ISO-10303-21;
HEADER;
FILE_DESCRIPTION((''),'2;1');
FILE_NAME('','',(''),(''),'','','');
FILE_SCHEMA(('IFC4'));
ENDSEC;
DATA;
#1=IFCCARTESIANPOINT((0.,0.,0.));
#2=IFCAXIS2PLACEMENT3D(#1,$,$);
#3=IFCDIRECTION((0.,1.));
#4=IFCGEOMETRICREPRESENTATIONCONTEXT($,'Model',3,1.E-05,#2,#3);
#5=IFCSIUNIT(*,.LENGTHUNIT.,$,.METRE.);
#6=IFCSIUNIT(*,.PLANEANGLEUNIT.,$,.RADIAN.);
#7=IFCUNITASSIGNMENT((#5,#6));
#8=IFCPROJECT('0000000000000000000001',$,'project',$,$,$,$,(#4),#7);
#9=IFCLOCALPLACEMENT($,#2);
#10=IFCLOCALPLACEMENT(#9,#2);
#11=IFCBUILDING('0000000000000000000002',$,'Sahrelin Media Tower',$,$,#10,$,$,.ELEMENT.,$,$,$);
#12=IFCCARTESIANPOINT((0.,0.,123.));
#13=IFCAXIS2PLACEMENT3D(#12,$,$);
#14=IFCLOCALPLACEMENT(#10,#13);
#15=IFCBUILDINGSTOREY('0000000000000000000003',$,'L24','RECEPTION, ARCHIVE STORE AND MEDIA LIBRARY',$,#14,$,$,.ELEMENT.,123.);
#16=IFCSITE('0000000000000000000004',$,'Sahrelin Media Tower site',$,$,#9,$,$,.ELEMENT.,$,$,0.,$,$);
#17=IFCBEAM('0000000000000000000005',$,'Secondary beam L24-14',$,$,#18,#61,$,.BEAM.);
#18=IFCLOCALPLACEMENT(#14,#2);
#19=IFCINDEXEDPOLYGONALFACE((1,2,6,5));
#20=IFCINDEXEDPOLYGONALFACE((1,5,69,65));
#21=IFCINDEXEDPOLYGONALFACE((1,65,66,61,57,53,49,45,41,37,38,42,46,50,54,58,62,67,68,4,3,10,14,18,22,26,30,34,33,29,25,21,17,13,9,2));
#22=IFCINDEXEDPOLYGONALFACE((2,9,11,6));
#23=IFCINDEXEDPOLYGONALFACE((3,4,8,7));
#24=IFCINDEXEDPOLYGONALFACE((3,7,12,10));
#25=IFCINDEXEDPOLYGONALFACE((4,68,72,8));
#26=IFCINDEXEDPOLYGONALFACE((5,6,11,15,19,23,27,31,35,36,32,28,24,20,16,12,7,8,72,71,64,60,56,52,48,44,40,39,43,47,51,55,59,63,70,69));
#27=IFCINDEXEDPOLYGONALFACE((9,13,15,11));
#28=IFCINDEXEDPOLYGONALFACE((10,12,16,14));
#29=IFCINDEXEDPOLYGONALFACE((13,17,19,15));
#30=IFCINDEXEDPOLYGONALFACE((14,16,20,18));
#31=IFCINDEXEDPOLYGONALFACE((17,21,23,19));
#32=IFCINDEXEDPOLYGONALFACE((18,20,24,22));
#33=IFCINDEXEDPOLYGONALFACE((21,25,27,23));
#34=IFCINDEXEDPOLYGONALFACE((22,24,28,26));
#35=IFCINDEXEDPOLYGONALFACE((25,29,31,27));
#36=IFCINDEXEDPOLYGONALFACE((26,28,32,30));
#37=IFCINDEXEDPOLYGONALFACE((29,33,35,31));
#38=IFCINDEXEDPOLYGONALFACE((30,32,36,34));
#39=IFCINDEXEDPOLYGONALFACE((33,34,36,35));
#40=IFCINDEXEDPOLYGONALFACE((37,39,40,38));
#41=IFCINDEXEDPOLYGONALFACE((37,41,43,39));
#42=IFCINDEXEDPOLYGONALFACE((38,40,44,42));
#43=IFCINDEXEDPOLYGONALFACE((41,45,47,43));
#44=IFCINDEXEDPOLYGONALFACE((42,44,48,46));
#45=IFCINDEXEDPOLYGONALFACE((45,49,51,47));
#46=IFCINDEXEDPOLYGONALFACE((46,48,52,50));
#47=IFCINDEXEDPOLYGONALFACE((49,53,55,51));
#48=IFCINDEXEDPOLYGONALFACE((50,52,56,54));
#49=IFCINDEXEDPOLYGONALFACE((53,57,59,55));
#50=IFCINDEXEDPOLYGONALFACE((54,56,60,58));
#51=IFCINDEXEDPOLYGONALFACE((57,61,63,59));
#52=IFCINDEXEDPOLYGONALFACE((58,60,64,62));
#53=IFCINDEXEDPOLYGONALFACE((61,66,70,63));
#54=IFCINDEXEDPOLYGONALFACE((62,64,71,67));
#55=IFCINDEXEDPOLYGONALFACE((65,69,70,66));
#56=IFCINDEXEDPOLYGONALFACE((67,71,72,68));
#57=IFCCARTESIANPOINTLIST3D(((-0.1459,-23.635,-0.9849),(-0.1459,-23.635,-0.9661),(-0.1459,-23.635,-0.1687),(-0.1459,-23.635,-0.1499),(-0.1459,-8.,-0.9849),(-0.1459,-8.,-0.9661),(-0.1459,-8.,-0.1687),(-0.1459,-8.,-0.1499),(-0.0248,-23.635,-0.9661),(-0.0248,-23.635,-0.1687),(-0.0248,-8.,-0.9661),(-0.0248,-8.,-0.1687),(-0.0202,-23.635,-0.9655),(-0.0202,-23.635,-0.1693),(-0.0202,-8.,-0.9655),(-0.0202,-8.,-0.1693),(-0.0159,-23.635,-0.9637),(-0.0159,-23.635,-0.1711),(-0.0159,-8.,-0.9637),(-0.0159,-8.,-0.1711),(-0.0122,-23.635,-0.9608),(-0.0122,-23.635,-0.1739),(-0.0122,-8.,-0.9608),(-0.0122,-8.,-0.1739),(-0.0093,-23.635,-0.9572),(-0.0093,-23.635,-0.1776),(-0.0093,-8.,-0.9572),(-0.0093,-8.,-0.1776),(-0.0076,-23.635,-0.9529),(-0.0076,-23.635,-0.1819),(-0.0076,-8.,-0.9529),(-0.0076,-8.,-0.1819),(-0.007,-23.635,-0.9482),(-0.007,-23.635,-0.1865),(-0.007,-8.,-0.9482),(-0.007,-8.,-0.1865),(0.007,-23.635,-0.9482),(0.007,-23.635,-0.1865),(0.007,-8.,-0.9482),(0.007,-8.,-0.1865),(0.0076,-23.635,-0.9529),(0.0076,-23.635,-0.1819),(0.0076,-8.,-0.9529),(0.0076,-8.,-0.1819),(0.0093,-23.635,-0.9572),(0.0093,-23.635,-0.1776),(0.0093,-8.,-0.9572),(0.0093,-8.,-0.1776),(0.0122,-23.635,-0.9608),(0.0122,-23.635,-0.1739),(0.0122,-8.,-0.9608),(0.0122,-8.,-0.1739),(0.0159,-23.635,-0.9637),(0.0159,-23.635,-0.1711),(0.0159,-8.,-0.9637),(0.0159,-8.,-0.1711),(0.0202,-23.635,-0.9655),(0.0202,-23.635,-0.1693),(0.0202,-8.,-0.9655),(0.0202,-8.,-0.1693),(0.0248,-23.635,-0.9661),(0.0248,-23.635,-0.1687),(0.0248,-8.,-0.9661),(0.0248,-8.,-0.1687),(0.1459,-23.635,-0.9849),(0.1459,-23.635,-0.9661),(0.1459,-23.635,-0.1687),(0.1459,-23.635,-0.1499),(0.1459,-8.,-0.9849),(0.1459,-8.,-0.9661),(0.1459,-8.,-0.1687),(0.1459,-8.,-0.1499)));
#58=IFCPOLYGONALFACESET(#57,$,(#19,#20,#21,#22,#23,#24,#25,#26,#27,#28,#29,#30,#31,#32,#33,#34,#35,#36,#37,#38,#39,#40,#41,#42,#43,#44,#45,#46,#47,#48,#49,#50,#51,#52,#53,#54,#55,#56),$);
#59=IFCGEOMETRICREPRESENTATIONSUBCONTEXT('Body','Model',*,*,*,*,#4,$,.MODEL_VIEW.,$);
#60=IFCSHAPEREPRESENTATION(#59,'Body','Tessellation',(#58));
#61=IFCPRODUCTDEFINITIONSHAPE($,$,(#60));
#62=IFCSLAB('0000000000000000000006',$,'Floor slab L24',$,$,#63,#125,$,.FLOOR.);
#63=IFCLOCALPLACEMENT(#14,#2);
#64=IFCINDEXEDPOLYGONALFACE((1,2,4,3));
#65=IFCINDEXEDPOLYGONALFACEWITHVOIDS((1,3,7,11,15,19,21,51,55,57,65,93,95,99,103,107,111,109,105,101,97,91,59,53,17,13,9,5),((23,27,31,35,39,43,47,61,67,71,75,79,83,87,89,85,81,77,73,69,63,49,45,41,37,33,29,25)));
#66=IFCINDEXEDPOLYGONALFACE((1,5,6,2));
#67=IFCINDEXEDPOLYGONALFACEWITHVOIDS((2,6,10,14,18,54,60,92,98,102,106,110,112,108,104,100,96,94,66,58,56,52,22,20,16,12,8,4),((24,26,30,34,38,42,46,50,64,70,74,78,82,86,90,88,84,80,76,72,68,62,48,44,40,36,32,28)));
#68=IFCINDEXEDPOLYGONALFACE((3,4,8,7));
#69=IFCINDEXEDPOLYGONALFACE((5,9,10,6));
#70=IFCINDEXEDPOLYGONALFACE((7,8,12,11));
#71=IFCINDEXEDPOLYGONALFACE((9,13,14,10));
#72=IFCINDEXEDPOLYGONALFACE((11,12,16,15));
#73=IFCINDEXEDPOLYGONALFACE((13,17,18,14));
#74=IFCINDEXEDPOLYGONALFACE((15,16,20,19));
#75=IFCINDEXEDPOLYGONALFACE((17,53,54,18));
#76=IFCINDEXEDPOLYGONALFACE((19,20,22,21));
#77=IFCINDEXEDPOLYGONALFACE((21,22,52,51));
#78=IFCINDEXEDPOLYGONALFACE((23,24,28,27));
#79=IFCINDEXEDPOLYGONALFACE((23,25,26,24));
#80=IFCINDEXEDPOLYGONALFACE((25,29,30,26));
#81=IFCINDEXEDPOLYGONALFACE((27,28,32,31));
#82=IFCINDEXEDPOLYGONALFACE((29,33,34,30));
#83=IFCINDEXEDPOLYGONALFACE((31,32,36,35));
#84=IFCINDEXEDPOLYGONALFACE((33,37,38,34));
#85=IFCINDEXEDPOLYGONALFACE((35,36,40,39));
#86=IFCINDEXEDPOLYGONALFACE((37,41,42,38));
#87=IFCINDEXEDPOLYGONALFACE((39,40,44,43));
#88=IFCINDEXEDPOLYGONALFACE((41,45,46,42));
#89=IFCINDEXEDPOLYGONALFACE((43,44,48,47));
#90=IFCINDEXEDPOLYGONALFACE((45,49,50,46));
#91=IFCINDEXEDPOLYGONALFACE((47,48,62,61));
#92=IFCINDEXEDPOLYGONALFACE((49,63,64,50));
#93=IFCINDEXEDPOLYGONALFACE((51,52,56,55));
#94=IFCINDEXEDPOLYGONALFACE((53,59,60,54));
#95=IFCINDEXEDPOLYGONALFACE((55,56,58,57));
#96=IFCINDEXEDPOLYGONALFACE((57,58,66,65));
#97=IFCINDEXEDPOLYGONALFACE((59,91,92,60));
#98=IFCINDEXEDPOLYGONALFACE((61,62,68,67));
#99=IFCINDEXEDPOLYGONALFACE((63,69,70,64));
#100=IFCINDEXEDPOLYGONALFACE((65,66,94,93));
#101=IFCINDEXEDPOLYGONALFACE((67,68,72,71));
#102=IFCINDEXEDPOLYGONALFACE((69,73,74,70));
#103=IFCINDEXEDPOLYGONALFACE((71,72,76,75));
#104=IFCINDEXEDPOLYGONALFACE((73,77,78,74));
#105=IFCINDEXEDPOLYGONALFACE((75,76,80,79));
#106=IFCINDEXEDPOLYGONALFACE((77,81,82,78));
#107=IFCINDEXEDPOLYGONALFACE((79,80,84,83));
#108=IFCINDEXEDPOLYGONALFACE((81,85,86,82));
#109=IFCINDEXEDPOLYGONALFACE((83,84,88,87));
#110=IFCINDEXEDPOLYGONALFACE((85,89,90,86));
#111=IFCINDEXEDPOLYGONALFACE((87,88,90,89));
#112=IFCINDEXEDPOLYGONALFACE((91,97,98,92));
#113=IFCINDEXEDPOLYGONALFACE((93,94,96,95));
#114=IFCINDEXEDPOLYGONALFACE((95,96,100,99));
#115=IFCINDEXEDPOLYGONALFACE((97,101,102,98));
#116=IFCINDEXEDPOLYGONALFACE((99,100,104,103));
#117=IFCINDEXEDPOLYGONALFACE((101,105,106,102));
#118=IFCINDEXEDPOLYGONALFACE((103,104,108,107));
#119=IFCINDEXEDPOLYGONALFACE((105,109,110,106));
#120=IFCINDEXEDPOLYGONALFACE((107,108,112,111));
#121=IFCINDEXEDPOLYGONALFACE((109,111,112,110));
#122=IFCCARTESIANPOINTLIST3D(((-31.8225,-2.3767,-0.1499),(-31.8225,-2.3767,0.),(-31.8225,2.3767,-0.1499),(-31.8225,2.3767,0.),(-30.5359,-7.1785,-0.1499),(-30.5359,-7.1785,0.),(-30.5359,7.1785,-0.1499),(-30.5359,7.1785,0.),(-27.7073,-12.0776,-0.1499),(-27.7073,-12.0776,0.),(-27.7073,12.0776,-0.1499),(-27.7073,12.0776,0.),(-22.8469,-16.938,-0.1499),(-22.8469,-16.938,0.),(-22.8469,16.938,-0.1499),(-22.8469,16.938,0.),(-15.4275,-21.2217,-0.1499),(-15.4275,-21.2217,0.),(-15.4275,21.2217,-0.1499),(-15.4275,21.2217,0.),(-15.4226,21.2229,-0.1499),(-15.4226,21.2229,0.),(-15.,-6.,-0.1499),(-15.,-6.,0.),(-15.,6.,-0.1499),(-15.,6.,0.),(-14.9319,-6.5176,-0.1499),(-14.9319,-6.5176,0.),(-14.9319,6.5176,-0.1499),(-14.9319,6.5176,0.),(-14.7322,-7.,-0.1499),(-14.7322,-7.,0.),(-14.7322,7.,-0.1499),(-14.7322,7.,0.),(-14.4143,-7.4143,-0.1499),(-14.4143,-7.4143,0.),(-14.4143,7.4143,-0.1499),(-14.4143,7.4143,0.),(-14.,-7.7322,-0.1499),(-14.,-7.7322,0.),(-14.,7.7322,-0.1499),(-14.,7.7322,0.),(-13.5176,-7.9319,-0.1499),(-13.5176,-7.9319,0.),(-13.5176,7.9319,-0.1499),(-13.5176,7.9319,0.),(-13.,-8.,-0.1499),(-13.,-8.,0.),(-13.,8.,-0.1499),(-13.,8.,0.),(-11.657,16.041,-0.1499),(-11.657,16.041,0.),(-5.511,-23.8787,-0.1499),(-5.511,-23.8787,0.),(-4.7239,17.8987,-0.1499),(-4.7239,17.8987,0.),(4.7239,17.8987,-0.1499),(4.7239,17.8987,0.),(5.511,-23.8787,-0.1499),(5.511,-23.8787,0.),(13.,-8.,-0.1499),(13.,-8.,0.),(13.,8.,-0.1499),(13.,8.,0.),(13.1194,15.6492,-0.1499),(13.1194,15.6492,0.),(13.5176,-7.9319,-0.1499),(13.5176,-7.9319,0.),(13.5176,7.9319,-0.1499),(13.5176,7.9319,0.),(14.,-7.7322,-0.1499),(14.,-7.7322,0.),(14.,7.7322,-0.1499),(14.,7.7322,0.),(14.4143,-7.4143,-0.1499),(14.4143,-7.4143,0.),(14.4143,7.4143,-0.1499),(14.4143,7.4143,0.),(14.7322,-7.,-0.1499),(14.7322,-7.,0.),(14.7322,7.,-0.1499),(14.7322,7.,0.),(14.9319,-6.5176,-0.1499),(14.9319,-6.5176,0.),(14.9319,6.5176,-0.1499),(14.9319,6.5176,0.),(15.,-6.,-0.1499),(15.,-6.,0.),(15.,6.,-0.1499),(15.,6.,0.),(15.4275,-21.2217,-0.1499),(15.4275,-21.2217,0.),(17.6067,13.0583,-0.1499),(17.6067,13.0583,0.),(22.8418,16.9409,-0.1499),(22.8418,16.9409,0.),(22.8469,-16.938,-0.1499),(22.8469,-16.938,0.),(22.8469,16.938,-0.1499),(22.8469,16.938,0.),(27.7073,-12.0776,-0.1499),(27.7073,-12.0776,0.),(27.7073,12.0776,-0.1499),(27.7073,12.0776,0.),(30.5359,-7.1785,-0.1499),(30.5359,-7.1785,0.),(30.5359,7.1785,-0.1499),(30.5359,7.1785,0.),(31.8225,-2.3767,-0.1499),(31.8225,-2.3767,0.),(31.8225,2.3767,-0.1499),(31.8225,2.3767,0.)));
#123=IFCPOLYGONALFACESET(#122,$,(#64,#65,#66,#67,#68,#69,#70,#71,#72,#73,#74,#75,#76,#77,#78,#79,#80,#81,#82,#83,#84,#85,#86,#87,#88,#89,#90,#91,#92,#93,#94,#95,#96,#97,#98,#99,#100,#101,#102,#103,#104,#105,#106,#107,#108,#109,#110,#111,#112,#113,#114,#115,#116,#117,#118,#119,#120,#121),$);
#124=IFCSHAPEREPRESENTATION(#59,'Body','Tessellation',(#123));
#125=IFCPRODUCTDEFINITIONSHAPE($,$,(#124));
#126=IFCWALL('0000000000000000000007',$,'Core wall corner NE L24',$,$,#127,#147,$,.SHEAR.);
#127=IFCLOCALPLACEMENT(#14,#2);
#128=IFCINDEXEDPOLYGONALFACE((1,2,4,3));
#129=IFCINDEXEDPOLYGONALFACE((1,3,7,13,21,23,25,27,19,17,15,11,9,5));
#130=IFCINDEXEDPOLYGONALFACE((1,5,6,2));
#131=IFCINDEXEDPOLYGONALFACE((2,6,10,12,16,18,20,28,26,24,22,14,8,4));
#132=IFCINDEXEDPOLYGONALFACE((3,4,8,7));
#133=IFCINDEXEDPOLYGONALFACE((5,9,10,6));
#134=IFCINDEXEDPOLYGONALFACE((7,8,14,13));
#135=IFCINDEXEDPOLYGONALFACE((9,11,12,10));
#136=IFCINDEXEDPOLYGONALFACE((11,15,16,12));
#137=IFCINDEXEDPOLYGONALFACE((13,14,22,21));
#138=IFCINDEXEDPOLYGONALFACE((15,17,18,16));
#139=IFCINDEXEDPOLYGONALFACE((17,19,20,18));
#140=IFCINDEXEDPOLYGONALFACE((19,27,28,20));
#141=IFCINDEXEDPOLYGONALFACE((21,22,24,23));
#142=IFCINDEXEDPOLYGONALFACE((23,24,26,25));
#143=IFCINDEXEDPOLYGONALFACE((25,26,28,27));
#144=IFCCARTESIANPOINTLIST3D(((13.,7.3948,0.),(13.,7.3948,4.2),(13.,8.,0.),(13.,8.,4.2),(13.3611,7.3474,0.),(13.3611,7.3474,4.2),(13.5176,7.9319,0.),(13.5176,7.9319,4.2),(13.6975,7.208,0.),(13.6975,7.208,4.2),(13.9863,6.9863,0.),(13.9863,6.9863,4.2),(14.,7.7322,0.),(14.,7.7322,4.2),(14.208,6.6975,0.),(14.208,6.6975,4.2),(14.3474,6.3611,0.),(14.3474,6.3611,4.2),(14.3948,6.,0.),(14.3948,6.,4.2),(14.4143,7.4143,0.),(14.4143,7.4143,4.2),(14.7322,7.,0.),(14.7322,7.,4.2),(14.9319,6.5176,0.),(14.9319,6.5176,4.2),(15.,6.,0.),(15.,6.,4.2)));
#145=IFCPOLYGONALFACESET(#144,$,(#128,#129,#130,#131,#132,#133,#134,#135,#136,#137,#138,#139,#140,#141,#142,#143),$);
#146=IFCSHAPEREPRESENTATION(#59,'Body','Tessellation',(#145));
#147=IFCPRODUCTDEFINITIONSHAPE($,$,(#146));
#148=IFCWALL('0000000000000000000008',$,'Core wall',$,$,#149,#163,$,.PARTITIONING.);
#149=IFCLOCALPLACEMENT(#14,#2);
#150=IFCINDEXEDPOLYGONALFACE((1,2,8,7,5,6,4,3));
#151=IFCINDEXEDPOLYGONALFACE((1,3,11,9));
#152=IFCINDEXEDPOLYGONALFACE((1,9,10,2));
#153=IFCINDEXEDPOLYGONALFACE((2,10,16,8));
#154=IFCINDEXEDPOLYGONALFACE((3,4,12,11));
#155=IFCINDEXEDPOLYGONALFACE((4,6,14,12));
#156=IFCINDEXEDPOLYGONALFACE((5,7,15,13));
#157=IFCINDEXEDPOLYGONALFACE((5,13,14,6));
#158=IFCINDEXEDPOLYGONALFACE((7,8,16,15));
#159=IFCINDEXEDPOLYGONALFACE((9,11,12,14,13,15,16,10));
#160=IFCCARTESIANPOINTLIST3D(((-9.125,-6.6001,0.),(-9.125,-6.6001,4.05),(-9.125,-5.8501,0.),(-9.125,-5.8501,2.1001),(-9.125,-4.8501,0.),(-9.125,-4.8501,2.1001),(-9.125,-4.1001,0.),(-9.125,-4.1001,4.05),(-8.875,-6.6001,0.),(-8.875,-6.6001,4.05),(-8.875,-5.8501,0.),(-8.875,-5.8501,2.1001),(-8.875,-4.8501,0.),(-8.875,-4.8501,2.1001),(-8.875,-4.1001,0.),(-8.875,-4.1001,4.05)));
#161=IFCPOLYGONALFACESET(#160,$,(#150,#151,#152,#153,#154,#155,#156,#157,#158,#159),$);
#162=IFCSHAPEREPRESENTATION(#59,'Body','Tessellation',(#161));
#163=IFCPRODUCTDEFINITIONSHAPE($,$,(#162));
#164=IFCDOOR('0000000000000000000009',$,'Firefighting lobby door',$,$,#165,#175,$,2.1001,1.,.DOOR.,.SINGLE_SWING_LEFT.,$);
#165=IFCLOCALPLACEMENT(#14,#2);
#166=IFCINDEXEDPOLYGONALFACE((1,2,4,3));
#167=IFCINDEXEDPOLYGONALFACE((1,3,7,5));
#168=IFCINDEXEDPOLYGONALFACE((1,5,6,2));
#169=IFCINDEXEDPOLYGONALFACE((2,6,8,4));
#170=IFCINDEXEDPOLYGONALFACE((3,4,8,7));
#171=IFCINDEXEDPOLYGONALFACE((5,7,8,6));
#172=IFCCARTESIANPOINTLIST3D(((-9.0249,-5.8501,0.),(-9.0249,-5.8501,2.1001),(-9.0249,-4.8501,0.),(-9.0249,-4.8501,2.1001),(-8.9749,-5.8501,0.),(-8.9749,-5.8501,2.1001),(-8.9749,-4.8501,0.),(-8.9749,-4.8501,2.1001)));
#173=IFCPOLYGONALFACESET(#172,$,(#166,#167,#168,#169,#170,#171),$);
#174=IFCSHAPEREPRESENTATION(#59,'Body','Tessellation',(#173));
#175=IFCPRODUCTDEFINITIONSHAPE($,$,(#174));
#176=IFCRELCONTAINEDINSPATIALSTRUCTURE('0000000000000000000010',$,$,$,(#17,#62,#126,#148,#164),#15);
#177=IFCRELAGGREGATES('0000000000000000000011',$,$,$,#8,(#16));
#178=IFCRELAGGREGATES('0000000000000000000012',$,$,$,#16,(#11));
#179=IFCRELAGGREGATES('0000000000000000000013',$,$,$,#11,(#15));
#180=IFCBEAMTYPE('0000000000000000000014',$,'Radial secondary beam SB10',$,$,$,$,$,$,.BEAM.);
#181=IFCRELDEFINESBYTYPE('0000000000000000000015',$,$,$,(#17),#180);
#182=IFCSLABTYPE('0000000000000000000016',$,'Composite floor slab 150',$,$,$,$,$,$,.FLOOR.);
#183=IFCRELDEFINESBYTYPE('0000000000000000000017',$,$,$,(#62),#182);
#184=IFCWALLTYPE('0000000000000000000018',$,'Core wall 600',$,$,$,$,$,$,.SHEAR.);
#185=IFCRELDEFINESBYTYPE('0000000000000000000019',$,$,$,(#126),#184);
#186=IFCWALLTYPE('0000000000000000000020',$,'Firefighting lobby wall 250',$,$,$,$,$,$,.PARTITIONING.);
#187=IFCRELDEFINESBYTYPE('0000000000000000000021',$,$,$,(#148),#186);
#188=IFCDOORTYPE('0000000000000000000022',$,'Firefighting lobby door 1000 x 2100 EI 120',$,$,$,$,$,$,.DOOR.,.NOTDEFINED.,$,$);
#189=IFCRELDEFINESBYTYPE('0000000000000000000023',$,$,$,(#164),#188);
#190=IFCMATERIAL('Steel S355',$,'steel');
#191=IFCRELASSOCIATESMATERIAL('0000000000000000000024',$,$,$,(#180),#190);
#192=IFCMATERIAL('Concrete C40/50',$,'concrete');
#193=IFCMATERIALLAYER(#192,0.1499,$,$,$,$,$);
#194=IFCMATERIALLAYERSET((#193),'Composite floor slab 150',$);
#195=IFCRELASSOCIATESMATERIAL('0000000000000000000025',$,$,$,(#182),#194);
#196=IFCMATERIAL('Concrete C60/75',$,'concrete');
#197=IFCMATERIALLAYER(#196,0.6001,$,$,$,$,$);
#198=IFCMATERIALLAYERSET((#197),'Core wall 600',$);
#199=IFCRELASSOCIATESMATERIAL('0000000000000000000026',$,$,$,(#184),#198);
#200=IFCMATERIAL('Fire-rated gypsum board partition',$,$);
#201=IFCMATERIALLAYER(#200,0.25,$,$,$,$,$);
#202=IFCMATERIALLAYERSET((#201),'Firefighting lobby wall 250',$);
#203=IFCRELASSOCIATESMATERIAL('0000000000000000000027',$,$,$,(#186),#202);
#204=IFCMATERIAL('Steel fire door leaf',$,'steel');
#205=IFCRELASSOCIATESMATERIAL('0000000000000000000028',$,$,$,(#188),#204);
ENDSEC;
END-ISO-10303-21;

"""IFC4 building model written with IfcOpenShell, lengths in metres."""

from ifc_helpers import new_model, si_unit, direction, frame, frame_2d, origin, origin_2d, place, context, subcontext, project, spatial, polyline, rectangle, i_section, outline, extrude, material, layer, layer_set, material_profile, profile_set, type_object, element, fill, save


model = new_model("IFC4")

# Units and contexts
model_context = context("Model", 3, precision=1e-05, world=origin(), true_north=direction((0.0, 1.0)))
body_context = subcontext(model_context, "Body", "Model", "MODEL_VIEW")
ifc_project = project(units=[si_unit("LENGTHUNIT", "METRE"), si_unit("PLANEANGLEUNIT", "RADIAN")], contexts=[model_context])

# Site, building, storey
site_placement = place(None, origin())
site = spatial("IfcSite", under=ifc_project, at=site_placement, Name="Sahrelin Media Tower site", CompositionType="ELEMENT", RefElevation=0.0)
building_placement = place(site_placement, origin())
building = spatial("IfcBuilding", under=site, at=building_placement, Name="Sahrelin Media Tower", CompositionType="ELEMENT")
storey_placement = place(building_placement, frame((0.0, 0.0, 123.0)))
storey = spatial("IfcBuildingStorey", under=building, at=storey_placement, Name="L24", Description="RECEPTION, ARCHIVE STORE AND MEDIA LIBRARY", CompositionType="ELEMENT", Elevation=123.0)

# Beam
ifc_material_1 = material(Name="Steel S355", Category="steel")
ifc_material_profile = material_profile(ifc_material_1, i_section(OverallWidth=0.2917, OverallDepth=0.835, WebThickness=0.0139, FlangeThickness=0.0188, FilletRadius=0.0178, at=origin_2d()), Name="UB 838x292x176")
ifc_profile_set = profile_set([ifc_material_profile], Name="Steel S355")
beam_type = type_object("IfcBeamType", Name="Radial secondary beam SB10", PredefinedType="BEAM", material=ifc_profile_set)
beam_placement = place(storey_placement, frame((0.0, -8.0, -0.5674), z_axis=(0.0, -1.0, 0.0), x_axis=(1.0, 0.0, 0.0)))
element("IfcBeam", 1, at=beam_placement, inside=storey, type_object=beam_type, Name="Secondary beam L24-14", PredefinedType="BEAM", context=body_context, shape_type="SweptSolid", body=[
    extrude(i_section(OverallWidth=0.2917, OverallDepth=0.835, WebThickness=0.0139, FlangeThickness=0.0188, FilletRadius=0.0178, at=origin_2d()), origin(), (0.0, 0.0, 1.0), 15.635),
])

# Slab
ifc_material_2 = material(Name="Concrete C40/50", Category="concrete")
ifc_layer_1 = layer(ifc_material_2, 0.1499)
ifc_layer_set_1 = layer_set([ifc_layer_1], Name="Composite floor slab 150")
slab_type = type_object("IfcSlabType", Name="Composite floor slab 150", PredefinedType="FLOOR", material=ifc_layer_set_1)
slab_placement = place(storey_placement, frame((0.0, 0.0, -0.1499)))
element("IfcSlab", 2, at=slab_placement, inside=storey, type_object=slab_type, Name="Floor slab L24", PredefinedType="FLOOR", context=body_context, shape_type="SweptSolid", body=[
    extrude(outline(polyline([(30.5359, -7.1785), (31.8225, -2.3767), (31.8225, 2.3767), (30.5359, 7.1785), (27.7073, 12.0776), (22.8469, 16.938), (22.8418, 16.9409), (17.6067, 13.0583), (13.1194, 15.6492), (4.7239, 17.8987), (-4.7239, 17.8987), (-11.657, 16.041), (-15.4226, 21.2229), (-15.4275, 21.2217), (-22.8469, 16.938), (-27.7073, 12.0776), (-30.5359, 7.1785), (-31.8225, 2.3767), (-31.8225, -2.3767), (-30.5359, -7.1785), (-27.7073, -12.0776), (-22.8469, -16.938), (-15.4275, -21.2217), (-5.511, -23.8787), (5.511, -23.8787), (15.4275, -21.2217), (22.8469, -16.938), (27.7073, -12.0776), (30.5359, -7.1785)]), holes=[polyline([(14.7322, 7.0), (14.9319, 6.5176), (15.0, 6.0), (15.0, -6.0), (14.9319, -6.5176), (14.7322, -7.0), (14.4143, -7.4143), (14.0, -7.7322), (13.5176, -7.9319), (13.0, -8.0), (-13.0, -8.0), (-13.5176, -7.9319), (-14.0, -7.7322), (-14.4143, -7.4143), (-14.7322, -7.0), (-14.9319, -6.5176), (-15.0, -6.0), (-15.0, 6.0), (-14.9319, 6.5176), (-14.7322, 7.0), (-14.4143, 7.4143), (-14.0, 7.7322), (-13.5176, 7.9319), (-13.0, 8.0), (13.0, 8.0), (13.5176, 7.9319), (14.0, 7.7322), (14.4143, 7.4143), (14.7322, 7.0)])]), origin(), (0.0, 0.0, 1.0), 0.1499),
])

# Wall
ifc_material_3 = material(Name="Concrete C60/75", Category="concrete")
ifc_layer_2 = layer(ifc_material_3, 0.6001)
ifc_layer_set_2 = layer_set([ifc_layer_2], Name="Core wall 600")
wall_type_1 = type_object("IfcWallType", Name="Core wall 600", PredefinedType="SHEAR", material=ifc_layer_set_2)
wall_1_placement = place(storey_placement, origin())
element("IfcWall", 3, at=wall_1_placement, inside=storey, type_object=wall_type_1, Name="Core wall corner NE L24", PredefinedType="SHEAR", context=body_context, shape_type="SweptSolid", body=[
    extrude(outline(polyline([(13.0, 8.0), (13.0, 7.3948), (13.3611, 7.3474), (13.6975, 7.208), (13.9863, 6.9863), (14.208, 6.6975), (14.3474, 6.3611), (14.3948, 6.0), (15.0, 6.0), (14.9319, 6.5176), (14.7322, 7.0), (14.4143, 7.4143), (14.0, 7.7322), (13.5176, 7.9319), (13.0, 8.0)])), origin(), (0.0, 0.0, 1.0), 4.2),
])

# Wall, opening, door
ifc_material_4 = material(Name="Fire-rated gypsum board partition")
ifc_layer_3 = layer(ifc_material_4, 0.25)
ifc_layer_set_3 = layer_set([ifc_layer_3], Name="Firefighting lobby wall 250")
wall_type_2 = type_object("IfcWallType", Name="Firefighting lobby wall 250", PredefinedType="PARTITIONING", material=ifc_layer_set_3)
wall_2_placement = place(storey_placement, frame((-9.0, -6.6001, 0.0), z_axis=(0.0, 0.0, 1.0), x_axis=(0.0, 1.0, 0.0)))
wall_2 = element("IfcWall", 4, at=wall_2_placement, inside=storey, type_object=wall_type_2, Name="Core wall", PredefinedType="PARTITIONING", context=body_context, shape_type="SweptSolid", body=[
    extrude(rectangle(XDim=2.5, YDim=0.25, at=frame_2d((1.25, 0.0))), origin(), (0.0, 0.0, 1.0), 4.05),
])
opening_1_placement = place(wall_2_placement, frame((0.75, 0.0, 0.0)))
opening_1 = element("IfcOpeningElement", 5, at=opening_1_placement, cuts=wall_2, PredefinedType="OPENING", context=body_context, shape_type="SweptSolid", body=[
    extrude(rectangle(XDim=1.0, YDim=2.1001, at=frame_2d((0.5, 1.05))), frame((0.0, 0.125, 0.0), z_axis=(0.0, -1.0, 0.0), x_axis=(1.0, 0.0, 0.0)), (0.0, 0.0, 1.0), 0.25),
])
ifc_material_5 = material(Name="Steel fire door leaf", Category="steel")
door_type_1 = type_object("IfcDoorType", Name="Firefighting lobby door 1000 x 2100 EI 120", OperationType="NOTDEFINED", PredefinedType="DOOR", material=ifc_material_5)
door_1_placement = place(opening_1_placement, origin())
door_1 = element("IfcDoor", 6, at=door_1_placement, inside=storey, type_object=door_type_1, Name="Firefighting lobby door", OperationType="SINGLE_SWING_LEFT", OverallHeight=2.1001, OverallWidth=1.0, PredefinedType="DOOR", context=body_context, shape_type="SweptSolid", body=[
    extrude(rectangle(XDim=1.0, YDim=2.1001, at=frame_2d((0.5, 1.05))), frame((0.0, 0.0249, 0.0), z_axis=(0.0, -1.0, 0.0), x_axis=(1.0, 0.0, 0.0)), (0.0, 0.0, 1.0), 0.05),
])
fill(opening_1, door_1)

save(model, "model.ifc")
